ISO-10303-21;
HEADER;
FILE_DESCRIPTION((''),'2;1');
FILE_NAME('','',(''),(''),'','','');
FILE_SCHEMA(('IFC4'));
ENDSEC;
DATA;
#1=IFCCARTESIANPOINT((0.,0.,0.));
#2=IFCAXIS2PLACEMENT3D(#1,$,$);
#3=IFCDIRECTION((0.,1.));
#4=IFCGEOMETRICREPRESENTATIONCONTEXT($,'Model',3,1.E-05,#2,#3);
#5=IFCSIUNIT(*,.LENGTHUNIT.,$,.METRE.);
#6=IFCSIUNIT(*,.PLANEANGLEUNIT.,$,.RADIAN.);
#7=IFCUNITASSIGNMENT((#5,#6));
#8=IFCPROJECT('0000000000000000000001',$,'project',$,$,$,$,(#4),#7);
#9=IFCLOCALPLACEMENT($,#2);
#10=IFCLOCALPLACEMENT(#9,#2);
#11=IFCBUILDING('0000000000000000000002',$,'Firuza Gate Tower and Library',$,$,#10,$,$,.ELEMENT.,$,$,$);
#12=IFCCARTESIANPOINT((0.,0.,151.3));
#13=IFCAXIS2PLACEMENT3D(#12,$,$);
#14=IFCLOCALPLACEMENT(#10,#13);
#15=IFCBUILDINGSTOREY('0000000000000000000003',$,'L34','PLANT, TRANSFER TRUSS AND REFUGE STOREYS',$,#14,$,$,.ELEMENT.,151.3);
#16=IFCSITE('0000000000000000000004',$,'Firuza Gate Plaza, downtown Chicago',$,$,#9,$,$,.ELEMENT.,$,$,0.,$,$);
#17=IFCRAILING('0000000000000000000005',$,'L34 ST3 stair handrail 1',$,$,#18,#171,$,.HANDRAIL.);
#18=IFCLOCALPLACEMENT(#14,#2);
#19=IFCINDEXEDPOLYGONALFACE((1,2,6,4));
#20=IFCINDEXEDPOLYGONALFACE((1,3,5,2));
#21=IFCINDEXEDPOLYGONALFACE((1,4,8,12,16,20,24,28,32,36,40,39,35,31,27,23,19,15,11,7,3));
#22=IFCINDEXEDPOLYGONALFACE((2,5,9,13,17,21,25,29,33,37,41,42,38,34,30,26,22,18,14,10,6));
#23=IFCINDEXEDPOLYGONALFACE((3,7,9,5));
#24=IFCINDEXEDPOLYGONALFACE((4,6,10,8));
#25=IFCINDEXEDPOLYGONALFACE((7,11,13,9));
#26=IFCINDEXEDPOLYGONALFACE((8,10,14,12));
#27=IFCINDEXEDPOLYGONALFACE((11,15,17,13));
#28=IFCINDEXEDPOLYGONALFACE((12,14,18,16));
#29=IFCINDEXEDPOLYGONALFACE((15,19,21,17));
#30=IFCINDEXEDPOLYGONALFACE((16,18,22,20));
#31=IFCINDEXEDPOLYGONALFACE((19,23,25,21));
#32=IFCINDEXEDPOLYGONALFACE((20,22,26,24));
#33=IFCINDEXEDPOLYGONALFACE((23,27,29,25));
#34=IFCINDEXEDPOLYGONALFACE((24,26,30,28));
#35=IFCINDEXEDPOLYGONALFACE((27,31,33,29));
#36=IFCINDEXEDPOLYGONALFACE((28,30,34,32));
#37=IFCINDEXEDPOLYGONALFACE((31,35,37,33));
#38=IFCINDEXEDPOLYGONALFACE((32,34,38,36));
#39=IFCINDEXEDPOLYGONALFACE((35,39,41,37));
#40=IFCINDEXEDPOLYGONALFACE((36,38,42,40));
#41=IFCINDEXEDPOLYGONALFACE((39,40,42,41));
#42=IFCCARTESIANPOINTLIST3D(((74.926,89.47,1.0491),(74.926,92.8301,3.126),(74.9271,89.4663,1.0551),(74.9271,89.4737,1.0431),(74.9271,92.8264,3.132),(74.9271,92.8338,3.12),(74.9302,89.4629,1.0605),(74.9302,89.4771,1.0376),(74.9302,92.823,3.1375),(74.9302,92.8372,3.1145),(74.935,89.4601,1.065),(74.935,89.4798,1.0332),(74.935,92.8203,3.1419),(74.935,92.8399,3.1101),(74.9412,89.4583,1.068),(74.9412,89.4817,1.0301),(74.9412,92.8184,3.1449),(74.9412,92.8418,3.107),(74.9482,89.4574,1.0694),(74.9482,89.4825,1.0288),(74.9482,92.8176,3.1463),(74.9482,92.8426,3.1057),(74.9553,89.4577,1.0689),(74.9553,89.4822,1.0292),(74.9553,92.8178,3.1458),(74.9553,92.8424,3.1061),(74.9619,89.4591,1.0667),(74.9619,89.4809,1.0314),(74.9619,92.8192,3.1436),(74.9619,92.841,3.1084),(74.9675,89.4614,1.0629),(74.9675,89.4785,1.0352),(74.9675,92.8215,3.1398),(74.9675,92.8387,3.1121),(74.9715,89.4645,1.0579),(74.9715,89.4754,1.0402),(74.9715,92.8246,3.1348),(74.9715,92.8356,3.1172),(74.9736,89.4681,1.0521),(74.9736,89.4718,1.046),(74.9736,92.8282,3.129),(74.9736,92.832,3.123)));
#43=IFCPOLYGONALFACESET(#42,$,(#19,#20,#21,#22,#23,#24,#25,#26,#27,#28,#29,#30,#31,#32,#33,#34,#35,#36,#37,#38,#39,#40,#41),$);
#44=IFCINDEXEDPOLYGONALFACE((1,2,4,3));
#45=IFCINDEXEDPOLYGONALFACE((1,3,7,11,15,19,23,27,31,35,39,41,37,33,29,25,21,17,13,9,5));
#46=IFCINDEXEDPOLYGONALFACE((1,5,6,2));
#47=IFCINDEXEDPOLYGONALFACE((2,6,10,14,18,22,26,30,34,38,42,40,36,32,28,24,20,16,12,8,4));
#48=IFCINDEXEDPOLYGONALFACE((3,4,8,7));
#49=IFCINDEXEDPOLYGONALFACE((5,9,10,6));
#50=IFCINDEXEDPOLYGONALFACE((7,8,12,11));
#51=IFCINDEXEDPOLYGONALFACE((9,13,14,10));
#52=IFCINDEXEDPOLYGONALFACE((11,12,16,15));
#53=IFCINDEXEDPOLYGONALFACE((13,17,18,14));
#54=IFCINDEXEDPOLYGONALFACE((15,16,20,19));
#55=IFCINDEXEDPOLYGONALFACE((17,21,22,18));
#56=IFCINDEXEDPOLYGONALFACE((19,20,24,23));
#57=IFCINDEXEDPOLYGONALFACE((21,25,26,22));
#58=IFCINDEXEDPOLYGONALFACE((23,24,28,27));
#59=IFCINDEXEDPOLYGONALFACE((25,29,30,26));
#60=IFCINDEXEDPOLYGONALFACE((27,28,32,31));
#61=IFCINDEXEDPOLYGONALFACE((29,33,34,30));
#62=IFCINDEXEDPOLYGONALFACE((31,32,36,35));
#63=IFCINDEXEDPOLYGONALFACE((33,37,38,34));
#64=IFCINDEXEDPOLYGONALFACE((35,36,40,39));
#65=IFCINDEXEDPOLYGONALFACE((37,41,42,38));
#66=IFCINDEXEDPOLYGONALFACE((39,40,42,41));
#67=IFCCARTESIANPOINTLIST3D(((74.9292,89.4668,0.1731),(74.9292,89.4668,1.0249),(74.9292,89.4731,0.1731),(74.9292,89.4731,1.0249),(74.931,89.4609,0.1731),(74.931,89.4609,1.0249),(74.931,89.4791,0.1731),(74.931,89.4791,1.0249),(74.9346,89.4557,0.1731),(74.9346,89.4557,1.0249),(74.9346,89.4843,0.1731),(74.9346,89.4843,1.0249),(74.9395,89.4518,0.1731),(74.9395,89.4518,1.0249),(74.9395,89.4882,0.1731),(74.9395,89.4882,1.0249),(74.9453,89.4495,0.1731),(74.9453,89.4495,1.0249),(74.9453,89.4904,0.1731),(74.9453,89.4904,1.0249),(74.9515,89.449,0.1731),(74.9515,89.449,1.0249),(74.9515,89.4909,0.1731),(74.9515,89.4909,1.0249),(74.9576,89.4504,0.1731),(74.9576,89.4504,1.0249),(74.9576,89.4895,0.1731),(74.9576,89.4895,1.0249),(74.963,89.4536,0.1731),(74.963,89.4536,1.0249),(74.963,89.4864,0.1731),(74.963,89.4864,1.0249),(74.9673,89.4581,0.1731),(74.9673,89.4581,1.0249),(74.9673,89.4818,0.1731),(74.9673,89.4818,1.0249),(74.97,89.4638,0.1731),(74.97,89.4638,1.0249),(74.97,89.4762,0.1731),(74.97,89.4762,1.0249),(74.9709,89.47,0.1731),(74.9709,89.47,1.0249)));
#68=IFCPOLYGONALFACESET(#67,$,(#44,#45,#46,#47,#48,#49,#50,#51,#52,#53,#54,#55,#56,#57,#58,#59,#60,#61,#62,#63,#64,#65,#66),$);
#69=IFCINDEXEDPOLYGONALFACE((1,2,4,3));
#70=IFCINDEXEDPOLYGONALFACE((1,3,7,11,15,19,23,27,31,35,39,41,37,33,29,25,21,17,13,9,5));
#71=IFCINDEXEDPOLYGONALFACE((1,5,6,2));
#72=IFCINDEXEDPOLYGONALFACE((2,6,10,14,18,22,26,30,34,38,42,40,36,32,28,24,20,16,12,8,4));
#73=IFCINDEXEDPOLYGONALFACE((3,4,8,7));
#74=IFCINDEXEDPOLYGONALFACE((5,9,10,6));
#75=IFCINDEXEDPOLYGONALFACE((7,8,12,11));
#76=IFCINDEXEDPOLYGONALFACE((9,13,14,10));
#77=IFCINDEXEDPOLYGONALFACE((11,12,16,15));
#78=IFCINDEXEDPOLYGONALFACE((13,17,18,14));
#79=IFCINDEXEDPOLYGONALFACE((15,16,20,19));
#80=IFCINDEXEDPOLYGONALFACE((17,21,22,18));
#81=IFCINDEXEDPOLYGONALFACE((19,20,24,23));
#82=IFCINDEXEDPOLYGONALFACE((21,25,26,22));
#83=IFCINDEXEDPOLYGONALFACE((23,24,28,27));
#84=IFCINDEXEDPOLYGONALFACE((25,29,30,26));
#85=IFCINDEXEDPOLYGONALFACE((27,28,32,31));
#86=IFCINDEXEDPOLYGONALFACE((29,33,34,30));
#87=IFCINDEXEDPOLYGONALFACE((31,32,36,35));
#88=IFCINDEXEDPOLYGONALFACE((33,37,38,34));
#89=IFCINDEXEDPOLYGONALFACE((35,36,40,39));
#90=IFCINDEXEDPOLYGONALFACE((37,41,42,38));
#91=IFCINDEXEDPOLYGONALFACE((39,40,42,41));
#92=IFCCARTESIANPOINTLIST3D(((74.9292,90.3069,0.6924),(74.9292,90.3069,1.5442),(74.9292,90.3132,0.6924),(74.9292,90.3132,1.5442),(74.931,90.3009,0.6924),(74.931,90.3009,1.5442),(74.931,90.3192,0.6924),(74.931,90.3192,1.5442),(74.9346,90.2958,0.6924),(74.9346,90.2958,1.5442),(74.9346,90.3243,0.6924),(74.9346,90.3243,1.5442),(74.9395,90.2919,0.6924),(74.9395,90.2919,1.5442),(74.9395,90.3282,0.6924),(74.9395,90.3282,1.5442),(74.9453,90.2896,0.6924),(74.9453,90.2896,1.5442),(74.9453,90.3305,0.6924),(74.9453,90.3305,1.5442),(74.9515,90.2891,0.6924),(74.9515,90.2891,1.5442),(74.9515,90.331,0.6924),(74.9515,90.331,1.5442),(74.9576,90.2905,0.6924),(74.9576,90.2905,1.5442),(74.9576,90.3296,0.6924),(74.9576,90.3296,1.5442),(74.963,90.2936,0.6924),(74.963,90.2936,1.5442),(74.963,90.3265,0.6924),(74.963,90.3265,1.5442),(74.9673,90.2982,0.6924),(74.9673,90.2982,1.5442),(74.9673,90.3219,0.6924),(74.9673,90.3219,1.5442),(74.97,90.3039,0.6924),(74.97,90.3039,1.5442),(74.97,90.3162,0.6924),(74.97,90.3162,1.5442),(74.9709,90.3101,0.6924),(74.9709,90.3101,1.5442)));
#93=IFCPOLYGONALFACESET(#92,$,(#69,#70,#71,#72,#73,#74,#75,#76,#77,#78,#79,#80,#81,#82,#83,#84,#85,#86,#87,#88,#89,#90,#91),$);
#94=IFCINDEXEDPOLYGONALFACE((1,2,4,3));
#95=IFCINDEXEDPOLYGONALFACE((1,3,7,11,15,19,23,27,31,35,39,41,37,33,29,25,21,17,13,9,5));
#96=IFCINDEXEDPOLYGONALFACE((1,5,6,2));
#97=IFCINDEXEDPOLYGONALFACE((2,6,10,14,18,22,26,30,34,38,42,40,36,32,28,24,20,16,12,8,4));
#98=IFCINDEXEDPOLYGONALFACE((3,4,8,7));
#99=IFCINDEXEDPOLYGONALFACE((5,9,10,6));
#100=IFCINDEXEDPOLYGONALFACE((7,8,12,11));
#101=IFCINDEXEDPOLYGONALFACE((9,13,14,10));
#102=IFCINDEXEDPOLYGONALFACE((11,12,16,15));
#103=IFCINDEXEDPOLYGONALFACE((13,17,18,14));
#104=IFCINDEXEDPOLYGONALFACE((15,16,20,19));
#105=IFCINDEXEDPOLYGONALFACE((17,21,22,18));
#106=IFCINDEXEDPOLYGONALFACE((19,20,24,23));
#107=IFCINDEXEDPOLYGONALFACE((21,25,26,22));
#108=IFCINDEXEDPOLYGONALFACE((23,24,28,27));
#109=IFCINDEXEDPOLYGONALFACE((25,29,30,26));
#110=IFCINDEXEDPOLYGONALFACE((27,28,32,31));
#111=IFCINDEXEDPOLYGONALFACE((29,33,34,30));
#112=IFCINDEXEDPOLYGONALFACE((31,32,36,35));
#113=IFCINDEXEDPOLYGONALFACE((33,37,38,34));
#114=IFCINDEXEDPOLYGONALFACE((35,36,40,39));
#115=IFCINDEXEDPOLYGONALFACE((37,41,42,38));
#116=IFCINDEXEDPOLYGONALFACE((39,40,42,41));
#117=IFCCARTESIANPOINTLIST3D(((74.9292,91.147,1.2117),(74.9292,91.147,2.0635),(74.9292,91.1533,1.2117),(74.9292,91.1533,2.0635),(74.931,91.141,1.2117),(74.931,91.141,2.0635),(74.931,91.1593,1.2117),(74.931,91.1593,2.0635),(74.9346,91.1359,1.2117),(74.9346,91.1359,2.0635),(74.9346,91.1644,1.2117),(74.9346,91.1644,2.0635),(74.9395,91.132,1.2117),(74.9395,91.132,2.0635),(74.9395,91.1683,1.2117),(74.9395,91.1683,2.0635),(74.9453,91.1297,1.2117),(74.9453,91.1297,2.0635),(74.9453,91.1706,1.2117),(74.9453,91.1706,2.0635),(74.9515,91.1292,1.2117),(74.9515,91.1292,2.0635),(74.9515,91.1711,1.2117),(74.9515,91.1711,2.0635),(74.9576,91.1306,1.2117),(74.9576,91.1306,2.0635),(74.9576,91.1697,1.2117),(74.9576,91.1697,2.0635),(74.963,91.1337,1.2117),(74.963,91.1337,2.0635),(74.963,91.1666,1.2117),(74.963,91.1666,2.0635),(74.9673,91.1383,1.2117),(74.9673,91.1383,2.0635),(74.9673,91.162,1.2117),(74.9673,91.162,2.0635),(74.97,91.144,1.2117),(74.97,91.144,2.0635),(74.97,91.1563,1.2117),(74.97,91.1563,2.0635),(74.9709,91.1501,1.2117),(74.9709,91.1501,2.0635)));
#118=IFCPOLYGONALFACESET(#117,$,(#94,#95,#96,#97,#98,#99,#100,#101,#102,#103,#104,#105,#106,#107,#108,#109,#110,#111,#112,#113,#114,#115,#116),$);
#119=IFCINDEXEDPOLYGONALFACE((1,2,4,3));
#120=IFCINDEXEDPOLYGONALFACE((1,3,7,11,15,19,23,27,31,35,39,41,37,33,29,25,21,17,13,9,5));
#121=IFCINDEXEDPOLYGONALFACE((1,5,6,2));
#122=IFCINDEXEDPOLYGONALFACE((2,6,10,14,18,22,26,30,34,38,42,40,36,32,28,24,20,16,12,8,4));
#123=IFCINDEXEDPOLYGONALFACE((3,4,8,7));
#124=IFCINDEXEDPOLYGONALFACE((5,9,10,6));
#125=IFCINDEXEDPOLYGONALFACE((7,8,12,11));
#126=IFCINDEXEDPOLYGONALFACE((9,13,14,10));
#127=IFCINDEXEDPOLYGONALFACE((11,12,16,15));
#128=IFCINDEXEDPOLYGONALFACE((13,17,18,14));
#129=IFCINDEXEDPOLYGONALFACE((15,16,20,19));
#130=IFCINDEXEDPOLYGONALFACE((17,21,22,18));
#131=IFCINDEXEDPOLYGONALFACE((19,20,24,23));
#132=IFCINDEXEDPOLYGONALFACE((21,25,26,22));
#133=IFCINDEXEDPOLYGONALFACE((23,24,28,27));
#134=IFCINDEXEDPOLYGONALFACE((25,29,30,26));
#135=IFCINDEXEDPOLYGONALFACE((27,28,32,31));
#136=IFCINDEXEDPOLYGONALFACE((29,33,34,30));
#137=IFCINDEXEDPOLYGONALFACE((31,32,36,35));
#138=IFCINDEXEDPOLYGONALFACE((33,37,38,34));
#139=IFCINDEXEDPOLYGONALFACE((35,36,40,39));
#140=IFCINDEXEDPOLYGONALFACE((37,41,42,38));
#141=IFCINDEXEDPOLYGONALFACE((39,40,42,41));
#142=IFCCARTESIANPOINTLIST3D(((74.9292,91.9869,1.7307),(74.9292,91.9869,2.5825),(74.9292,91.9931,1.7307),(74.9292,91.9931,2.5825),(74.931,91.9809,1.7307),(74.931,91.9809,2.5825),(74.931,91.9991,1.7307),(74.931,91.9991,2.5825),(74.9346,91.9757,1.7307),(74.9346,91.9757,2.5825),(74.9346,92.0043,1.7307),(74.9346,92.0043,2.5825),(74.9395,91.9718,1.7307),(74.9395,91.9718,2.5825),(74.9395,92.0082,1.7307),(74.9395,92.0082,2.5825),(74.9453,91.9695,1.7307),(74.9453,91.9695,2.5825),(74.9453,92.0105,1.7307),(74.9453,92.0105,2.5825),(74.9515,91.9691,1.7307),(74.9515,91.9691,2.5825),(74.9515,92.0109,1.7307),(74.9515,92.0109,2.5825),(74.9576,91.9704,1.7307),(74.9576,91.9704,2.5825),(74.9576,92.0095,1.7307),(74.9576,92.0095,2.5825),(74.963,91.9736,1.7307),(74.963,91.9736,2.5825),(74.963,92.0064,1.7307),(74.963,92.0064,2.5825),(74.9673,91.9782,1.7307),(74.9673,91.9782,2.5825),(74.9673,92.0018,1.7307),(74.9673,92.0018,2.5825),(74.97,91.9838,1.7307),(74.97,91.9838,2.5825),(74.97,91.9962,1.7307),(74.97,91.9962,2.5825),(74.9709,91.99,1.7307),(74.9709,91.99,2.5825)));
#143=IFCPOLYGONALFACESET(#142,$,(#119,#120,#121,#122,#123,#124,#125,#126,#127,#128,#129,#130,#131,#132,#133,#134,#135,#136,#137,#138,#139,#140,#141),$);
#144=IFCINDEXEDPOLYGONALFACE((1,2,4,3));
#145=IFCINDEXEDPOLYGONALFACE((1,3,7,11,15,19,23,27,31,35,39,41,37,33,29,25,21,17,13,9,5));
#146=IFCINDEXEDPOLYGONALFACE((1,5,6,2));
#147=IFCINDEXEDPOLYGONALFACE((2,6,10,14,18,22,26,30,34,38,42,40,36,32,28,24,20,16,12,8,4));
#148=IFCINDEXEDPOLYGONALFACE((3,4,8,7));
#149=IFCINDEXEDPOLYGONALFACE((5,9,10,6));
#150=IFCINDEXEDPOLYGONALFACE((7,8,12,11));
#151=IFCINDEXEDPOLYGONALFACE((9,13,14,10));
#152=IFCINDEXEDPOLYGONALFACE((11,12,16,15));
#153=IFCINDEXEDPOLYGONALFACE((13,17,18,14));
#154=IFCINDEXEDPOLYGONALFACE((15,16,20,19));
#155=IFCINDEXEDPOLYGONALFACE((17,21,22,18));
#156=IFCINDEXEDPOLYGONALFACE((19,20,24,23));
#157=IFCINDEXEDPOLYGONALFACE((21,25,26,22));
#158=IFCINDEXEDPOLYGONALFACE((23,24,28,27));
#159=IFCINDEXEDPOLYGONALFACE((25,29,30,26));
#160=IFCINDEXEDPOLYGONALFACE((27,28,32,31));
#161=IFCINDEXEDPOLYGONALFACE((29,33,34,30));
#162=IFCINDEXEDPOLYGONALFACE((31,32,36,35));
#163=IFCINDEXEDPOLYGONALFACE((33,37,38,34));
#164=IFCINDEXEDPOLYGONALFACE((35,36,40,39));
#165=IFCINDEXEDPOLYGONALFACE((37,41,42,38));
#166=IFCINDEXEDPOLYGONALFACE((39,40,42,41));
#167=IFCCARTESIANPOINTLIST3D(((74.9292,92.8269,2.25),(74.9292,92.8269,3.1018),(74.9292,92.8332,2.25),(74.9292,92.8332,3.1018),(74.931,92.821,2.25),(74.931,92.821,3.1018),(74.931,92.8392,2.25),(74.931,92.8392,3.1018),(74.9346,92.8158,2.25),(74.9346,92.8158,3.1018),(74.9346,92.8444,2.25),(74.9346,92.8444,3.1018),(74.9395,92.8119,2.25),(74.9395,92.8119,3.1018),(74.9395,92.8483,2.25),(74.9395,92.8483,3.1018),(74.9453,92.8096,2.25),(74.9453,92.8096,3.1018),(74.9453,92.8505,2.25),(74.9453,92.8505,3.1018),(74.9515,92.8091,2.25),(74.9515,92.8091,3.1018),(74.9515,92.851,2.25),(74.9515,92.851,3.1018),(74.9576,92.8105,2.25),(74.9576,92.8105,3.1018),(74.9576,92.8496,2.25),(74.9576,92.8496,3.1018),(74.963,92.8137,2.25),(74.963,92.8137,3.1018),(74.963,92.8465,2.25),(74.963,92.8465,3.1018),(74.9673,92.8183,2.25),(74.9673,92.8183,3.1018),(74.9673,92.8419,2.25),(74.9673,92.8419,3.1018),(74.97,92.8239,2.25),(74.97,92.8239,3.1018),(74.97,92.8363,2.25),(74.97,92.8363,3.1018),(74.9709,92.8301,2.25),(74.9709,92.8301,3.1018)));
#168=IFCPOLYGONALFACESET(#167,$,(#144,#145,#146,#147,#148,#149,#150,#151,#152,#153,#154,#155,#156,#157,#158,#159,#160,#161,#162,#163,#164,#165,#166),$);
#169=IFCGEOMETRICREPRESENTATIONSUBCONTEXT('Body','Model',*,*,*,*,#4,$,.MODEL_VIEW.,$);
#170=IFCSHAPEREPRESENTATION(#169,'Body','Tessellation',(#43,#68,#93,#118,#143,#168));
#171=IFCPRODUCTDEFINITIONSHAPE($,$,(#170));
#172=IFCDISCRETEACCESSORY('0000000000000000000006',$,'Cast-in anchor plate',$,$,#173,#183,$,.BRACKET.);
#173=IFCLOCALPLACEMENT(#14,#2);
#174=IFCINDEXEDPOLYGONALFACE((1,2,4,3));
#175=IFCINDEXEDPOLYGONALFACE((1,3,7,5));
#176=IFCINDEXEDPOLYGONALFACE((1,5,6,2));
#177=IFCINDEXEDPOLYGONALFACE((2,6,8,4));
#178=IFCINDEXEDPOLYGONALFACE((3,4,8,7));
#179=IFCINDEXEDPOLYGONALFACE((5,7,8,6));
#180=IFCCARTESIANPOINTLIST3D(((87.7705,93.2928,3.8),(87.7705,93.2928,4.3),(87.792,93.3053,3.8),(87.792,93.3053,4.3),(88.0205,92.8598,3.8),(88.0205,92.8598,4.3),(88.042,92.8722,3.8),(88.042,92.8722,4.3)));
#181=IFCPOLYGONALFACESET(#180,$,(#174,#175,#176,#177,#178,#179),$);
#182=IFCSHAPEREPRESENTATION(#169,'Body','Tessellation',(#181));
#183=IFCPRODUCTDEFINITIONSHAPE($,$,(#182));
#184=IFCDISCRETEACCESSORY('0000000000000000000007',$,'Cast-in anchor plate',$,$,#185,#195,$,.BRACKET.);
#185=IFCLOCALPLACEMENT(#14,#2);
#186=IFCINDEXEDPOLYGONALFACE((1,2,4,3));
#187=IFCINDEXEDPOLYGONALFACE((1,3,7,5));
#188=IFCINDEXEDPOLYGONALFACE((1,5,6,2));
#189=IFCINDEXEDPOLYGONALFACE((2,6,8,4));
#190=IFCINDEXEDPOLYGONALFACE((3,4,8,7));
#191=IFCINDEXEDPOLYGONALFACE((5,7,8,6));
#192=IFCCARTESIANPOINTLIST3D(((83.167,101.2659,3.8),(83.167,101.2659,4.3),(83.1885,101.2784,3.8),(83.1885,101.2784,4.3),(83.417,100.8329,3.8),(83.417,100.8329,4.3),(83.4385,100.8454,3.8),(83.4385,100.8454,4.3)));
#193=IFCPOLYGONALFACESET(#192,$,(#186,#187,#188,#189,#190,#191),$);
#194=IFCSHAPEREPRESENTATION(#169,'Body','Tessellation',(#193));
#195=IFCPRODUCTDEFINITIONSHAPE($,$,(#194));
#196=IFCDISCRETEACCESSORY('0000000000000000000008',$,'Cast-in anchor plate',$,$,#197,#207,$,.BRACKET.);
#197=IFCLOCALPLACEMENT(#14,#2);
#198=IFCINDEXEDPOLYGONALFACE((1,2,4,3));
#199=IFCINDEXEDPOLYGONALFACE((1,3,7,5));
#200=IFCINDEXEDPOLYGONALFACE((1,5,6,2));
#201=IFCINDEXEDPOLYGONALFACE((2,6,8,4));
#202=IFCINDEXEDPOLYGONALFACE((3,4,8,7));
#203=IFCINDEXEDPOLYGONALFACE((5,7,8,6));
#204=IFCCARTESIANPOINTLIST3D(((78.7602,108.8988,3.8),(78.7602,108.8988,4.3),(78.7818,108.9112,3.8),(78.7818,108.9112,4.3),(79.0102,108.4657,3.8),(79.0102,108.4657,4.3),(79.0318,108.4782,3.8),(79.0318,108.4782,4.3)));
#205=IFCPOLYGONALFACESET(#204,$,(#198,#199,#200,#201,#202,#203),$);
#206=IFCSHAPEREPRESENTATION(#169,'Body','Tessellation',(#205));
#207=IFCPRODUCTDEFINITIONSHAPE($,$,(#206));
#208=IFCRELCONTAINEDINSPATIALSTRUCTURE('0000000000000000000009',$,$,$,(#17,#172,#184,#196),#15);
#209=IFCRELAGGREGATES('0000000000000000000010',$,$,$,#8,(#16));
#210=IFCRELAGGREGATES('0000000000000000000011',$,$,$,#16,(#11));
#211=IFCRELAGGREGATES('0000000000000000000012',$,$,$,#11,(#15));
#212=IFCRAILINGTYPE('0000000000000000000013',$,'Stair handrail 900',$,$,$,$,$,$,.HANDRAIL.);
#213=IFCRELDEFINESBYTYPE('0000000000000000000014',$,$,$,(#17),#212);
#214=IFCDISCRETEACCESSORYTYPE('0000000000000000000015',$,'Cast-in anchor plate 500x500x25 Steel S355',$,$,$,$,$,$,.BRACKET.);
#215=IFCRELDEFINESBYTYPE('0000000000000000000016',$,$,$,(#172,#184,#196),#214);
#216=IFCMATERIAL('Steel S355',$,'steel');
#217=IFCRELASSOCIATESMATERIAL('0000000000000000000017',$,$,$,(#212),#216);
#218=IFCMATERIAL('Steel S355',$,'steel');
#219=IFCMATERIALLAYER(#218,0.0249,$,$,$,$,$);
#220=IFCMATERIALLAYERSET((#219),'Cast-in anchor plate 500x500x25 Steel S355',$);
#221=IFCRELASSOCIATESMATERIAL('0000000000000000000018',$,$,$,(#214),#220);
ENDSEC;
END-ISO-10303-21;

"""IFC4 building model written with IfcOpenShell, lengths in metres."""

from ifc_helpers import new_model, si_unit, direction, frame, origin, origin_2d, place, context, subcontext, project, spatial, rectangle, circle, extrude, material, layer, layer_set, type_object, element, save


model = new_model("IFC4")

# Units and contexts
model_context = context("Model", 3, precision=1e-05, world=origin(), true_north=direction((0.0, 1.0)))
body_context = subcontext(model_context, "Body", "Model", "MODEL_VIEW")
ifc_project = project(units=[si_unit("LENGTHUNIT", "METRE"), si_unit("PLANEANGLEUNIT", "RADIAN")], contexts=[model_context])

# Site, building, storey
site_placement = place(None, origin())
site = spatial("IfcSite", under=ifc_project, at=site_placement, Name="Firuza Gate Plaza, downtown Chicago", CompositionType="ELEMENT", RefElevation=0.0)
building_placement = place(site_placement, origin())
building = spatial("IfcBuilding", under=site, at=building_placement, Name="Firuza Gate Tower and Library", CompositionType="ELEMENT")
storey_placement = place(building_placement, frame((0.0, 0.0, 151.3)))
storey = spatial("IfcBuildingStorey", under=building, at=storey_placement, Name="L34", Description="PLANT, TRANSFER TRUSS AND REFUGE STOREYS", CompositionType="ELEMENT", Elevation=151.3)

# Railing
ifc_material_1 = material(Name="Steel S355", Category="steel")
railing_type = type_object("IfcRailingType", Name="Stair handrail 900", PredefinedType="HANDRAIL", material=ifc_material_1)
railing_placement = place(storey_placement, frame((74.95, 89.47, 0.1731)))
element("IfcRailing", 1, at=railing_placement, inside=storey, type_object=railing_type, Name="L34 ST3 stair handrail 1", PredefinedType="HANDRAIL", context=body_context, shape_type="SweptSolid", body=[
    extrude(circle(Radius=0.0239, at=origin_2d()), frame((0.0, 0.0, 0.876), z_axis=(0.0, 0.850623, 0.525776), x_axis=(-1.0, 0.0, 0.0)), (0.0, 0.0, 1.0), 3.9502),
    extrude(circle(Radius=0.021, at=origin_2d()), origin(), (0.0, 0.0, 1.0), 0.8518),
    extrude(circle(Radius=0.021, at=origin_2d()), frame((0.0, 0.8401, 0.5193)), (0.0, 0.0, 1.0), 0.8518),
    extrude(circle(Radius=0.021, at=origin_2d()), frame((0.0, 1.6802, 1.0386)), (0.0, 0.0, 1.0), 0.8518),
    extrude(circle(Radius=0.021, at=origin_2d()), frame((0.0, 2.52, 1.5576)), (0.0, 0.0, 1.0), 0.8518),
    extrude(circle(Radius=0.021, at=origin_2d()), frame((0.0, 3.3601, 2.0769)), (0.0, 0.0, 1.0), 0.8518),
])

# Discrete accessories
ifc_material_2 = material(Name="Steel S355", Category="steel")
ifc_layer_1 = layer(ifc_material_2, 0.0249)
ifc_layer_set_1 = layer_set([ifc_layer_1], Name="Cast-in anchor plate 500x500x25 Steel S355")
discrete_accessory_type = type_object("IfcDiscreteAccessoryType", Name="Cast-in anchor plate 500x500x25 Steel S355", PredefinedType="BRACKET", material=ifc_layer_set_1)
for number, where, z_axis, x_axis, name in (
    (2, (87.9062, 93.0825, 3.8), (0.0, 0.0, 1.0), (-0.5, 0.866025, 0.0), "Cast-in anchor plate"),
    (3, (83.3027, 101.0557, 3.8), (0.0, 0.0, 1.0), (-0.5, 0.866025, 0.0), "Cast-in anchor plate"),
    (4, (78.896, 108.6885, 3.8), (0.0, 0.0, 1.0), (-0.5, 0.866025, 0.0), "Cast-in anchor plate"),
):
    element("IfcDiscreteAccessory", number, at=place(storey_placement, frame(where, z_axis=z_axis, x_axis=x_axis)), inside=storey, type_object=discrete_accessory_type, Name=name, PredefinedType="BRACKET", context=body_context, shape_type="SweptSolid", body=[
        extrude(rectangle(XDim=0.5, YDim=0.0249, at=origin_2d()), origin(), (0.0, 0.0, 1.0), 0.5),
    ])

save(model, "model.ifc")
